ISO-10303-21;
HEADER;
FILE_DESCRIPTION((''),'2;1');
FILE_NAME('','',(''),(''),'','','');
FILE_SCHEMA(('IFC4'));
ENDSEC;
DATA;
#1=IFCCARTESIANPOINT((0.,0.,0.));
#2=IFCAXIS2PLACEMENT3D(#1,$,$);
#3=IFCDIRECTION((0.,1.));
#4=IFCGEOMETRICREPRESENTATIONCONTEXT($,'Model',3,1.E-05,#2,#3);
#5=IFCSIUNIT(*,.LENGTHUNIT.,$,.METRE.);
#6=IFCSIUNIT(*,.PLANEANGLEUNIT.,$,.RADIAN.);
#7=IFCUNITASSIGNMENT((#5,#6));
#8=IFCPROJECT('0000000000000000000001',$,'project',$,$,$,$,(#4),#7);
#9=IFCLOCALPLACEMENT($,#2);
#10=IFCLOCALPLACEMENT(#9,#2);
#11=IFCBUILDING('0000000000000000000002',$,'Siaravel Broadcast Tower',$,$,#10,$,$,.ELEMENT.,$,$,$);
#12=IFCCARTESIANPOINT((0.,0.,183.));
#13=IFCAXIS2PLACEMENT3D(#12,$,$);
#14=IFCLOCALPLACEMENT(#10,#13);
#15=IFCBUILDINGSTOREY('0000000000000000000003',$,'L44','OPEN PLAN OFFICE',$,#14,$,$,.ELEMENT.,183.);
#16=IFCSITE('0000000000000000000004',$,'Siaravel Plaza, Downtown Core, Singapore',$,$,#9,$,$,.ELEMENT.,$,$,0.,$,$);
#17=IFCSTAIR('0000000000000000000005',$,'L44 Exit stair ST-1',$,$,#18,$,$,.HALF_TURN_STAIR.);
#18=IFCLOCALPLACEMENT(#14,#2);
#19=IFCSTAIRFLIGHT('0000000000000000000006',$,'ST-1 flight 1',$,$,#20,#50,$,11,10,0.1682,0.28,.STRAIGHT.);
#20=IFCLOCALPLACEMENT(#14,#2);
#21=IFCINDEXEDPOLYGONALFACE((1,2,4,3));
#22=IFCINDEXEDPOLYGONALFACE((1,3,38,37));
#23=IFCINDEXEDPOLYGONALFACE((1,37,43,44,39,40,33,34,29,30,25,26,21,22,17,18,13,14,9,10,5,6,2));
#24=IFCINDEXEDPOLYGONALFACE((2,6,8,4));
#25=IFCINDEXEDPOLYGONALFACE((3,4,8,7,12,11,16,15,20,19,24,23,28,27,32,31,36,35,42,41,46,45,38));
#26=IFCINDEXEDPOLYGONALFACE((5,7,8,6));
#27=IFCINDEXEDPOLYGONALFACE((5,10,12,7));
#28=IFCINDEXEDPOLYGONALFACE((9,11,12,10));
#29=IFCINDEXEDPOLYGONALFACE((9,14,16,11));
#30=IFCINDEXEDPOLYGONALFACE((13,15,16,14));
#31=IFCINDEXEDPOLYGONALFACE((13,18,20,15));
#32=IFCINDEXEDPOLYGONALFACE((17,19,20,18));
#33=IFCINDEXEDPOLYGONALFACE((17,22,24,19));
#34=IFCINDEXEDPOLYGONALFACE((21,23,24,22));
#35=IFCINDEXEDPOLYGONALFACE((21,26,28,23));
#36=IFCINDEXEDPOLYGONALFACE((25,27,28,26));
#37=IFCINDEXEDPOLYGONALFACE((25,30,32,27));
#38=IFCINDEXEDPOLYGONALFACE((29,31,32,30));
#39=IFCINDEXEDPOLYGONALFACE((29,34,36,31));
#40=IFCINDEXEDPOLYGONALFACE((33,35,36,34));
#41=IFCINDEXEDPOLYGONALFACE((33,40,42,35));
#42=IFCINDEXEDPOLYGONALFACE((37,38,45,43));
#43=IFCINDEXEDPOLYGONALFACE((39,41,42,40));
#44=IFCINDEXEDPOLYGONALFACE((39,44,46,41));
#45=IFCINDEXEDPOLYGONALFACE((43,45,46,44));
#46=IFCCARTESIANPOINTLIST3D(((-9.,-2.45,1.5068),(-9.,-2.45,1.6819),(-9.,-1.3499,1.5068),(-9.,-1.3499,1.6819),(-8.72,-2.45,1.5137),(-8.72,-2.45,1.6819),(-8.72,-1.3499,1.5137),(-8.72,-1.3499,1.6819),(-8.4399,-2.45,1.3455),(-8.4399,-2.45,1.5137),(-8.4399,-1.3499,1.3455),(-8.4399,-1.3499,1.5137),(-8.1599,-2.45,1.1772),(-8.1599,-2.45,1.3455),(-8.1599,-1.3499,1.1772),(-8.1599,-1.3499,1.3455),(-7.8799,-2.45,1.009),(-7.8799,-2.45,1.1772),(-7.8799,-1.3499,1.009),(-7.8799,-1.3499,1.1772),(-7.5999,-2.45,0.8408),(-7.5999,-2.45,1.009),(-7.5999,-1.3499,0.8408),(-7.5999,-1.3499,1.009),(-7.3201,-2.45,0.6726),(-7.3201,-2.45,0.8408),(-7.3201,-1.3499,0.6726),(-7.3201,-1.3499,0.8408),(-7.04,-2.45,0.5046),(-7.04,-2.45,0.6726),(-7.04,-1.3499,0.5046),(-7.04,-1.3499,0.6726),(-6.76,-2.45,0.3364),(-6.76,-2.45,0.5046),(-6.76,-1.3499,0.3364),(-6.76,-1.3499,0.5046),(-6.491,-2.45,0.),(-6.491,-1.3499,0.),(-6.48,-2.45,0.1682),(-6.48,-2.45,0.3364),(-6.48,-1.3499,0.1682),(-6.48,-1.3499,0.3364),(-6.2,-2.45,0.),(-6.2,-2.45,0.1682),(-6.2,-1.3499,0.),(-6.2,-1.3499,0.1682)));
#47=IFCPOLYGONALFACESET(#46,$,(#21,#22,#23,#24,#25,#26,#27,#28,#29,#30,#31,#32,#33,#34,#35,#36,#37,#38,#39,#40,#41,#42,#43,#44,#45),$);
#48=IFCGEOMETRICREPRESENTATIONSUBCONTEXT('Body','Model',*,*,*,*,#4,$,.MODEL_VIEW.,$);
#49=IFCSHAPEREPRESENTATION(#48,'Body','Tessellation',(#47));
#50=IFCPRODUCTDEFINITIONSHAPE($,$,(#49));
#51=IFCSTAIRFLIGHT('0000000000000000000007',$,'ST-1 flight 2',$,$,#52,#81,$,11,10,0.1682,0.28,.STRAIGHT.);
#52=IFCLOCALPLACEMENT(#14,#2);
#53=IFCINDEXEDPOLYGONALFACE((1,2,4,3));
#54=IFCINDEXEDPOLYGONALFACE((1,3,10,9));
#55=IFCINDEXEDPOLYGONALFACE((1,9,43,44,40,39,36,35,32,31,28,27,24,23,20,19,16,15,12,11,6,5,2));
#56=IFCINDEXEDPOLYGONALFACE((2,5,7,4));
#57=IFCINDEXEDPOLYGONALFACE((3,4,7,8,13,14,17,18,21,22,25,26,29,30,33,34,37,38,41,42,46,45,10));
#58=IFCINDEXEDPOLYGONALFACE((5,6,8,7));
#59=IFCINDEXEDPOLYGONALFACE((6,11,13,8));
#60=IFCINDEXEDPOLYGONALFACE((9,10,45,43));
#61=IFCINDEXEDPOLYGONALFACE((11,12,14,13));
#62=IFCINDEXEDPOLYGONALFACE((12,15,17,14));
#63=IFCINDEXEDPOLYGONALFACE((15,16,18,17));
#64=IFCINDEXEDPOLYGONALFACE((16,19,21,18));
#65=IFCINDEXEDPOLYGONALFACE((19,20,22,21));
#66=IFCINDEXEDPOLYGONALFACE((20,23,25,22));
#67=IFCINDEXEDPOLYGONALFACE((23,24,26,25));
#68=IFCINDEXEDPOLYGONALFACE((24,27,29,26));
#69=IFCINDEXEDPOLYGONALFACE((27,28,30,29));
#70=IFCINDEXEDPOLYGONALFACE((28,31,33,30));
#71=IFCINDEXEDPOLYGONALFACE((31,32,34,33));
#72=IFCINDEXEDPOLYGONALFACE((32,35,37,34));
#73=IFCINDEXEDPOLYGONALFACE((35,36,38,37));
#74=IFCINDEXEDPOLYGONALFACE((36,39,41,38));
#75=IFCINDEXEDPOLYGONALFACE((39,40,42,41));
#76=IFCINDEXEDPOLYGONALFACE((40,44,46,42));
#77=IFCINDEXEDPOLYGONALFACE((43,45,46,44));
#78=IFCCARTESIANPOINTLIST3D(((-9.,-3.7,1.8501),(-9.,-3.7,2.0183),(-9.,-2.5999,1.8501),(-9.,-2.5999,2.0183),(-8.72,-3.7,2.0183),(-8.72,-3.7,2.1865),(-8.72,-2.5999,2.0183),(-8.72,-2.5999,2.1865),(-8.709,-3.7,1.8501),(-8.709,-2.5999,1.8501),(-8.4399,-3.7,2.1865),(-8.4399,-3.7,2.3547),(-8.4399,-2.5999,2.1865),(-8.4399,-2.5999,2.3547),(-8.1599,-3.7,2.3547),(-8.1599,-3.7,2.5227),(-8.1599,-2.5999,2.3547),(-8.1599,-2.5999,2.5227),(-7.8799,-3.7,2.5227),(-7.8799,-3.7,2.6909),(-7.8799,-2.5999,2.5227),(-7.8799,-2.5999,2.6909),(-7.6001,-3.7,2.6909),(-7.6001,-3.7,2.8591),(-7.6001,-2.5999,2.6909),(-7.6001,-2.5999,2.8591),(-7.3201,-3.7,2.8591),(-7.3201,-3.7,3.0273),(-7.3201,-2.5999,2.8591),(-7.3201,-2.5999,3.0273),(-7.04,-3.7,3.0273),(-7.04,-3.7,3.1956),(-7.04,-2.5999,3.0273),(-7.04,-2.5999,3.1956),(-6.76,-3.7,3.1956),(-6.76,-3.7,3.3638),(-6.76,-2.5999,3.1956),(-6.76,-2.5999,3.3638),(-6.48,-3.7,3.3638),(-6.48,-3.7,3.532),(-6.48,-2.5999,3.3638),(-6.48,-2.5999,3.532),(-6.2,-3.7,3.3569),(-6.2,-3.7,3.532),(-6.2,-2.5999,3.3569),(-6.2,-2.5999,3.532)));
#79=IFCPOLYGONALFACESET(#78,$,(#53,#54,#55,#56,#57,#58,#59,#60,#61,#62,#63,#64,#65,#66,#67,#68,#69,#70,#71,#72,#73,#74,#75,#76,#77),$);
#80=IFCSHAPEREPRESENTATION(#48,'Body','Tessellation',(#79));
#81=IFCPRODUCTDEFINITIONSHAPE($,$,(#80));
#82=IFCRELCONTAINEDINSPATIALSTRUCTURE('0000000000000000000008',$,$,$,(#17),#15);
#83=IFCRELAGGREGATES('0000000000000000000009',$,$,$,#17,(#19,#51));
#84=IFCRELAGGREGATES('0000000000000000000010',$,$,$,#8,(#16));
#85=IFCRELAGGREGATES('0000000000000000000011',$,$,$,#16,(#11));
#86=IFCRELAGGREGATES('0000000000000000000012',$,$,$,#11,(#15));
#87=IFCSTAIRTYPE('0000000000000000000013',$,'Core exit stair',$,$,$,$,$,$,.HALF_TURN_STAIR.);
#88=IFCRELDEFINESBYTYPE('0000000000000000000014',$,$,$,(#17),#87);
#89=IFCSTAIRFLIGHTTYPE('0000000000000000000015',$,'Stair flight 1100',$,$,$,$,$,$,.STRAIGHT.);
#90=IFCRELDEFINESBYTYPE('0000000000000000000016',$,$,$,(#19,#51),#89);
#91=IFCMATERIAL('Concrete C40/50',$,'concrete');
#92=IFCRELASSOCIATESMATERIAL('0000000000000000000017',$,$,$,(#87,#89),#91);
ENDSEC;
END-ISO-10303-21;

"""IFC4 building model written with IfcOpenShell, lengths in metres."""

from ifc_helpers import new_model, si_unit, direction, frame, origin, place, context, subcontext, project, spatial, polyline, outline, extrude, material, type_object, element, aggregate, save


model = new_model("IFC4")

# Units and contexts
model_context = context("Model", 3, precision=1e-05, world=origin(), true_north=direction((0.0, 1.0)))
body_context = subcontext(model_context, "Body", "Model", "MODEL_VIEW")
ifc_project = project(units=[si_unit("LENGTHUNIT", "METRE"), si_unit("PLANEANGLEUNIT", "RADIAN")], contexts=[model_context])

# Site, building, storey
site_placement = place(None, origin())
site = spatial("IfcSite", under=ifc_project, at=site_placement, Name="Siaravel Plaza, Downtown Core, Singapore", CompositionType="ELEMENT", RefElevation=0.0)
building_placement = place(site_placement, origin())
building = spatial("IfcBuilding", under=site, at=building_placement, Name="Siaravel Broadcast Tower", CompositionType="ELEMENT")
storey_placement = place(building_placement, frame((0.0, 0.0, 183.0)))
storey = spatial("IfcBuildingStorey", under=building, at=storey_placement, Name="L44", Description="OPEN PLAN OFFICE", CompositionType="ELEMENT", Elevation=183.0)

# Stair, stair flights
ifc_material_1 = material(Name="Concrete C40/50", Category="concrete")
stair_type = type_object("IfcStairType", Name="Core exit stair", PredefinedType="HALF_TURN_STAIR", material=ifc_material_1)
stair_placement = place(storey_placement, origin())
stair = element("IfcStair", 1, at=stair_placement, inside=storey, type_object=stair_type, Name="L44 Exit stair ST-1", PredefinedType="HALF_TURN_STAIR")
stair_flight_type = type_object("IfcStairFlightType", Name="Stair flight 1100", PredefinedType="STRAIGHT", material=ifc_material_1)
stair_flight_1_placement = place(storey_placement, frame((-6.2, -1.8999, 0.0), z_axis=(0.0, 0.0, 1.0), x_axis=(-1.0, 0.0, 0.0)))
stair_flight_1 = element("IfcStairFlight", 2, at=stair_flight_1_placement, type_object=stair_flight_type, Name="ST-1 flight 1", NumberOfRisers=11, NumberOfTreads=10, PredefinedType="STRAIGHT", RiserHeight=0.1682, TreadLength=0.28, context=body_context, shape_type="SweptSolid", body=[
    extrude(outline(polyline([(0.0, 0.0), (0.0, 0.1682), (0.28, 0.1682), (0.28, 0.3364), (0.5601, 0.3364), (0.5601, 0.5046), (0.8401, 0.5046), (0.8401, 0.6726), (1.1201, 0.6726), (1.1201, 0.8408), (1.3999, 0.8408), (1.3999, 1.009), (1.6799, 1.009), (1.6799, 1.1772), (1.96, 1.1772), (1.96, 1.3455), (2.24, 1.3455), (2.24, 1.5137), (2.52, 1.5137), (2.52, 1.6819), (2.8, 1.6819), (2.8, 1.8501), (2.8, 1.5068), (0.291, 0.0), (0.0, 0.0)])), frame((0.0, 0.55, 0.0), z_axis=(0.0, -1.0, 0.0), x_axis=(1.0, 0.0, 0.0)), (0.0, 0.0, 1.0), 1.1001),
])
stair_flight_2_placement = place(storey_placement, frame((-9.0, -3.1499, 1.8501), z_axis=(0.0, 0.0, 1.0), x_axis=(1.0, 0.0, 0.0)))
stair_flight_2 = element("IfcStairFlight", 3, at=stair_flight_2_placement, type_object=stair_flight_type, Name="ST-1 flight 2", NumberOfRisers=11, NumberOfTreads=10, PredefinedType="STRAIGHT", RiserHeight=0.1682, TreadLength=0.28, context=body_context, shape_type="SweptSolid", body=[
    extrude(outline(polyline([(0.0, 0.0), (0.0, 0.1682), (0.28, 0.1682), (0.28, 0.3364), (0.5601, 0.3364), (0.5601, 0.5046), (0.8401, 0.5046), (0.8401, 0.6726), (1.1201, 0.6726), (1.1201, 0.8408), (1.3999, 0.8408), (1.3999, 1.009), (1.6799, 1.009), (1.6799, 1.1772), (1.96, 1.1772), (1.96, 1.3455), (2.24, 1.3455), (2.24, 1.5137), (2.52, 1.5137), (2.52, 1.6819), (2.8, 1.6819), (2.8, 1.8501), (2.8, 1.5068), (0.291, 0.0), (0.0, 0.0)])), frame((0.0, 0.55, 0.0), z_axis=(0.0, -1.0, 0.0), x_axis=(1.0, 0.0, 0.0)), (0.0, 0.0, 1.0), 1.1001),
])
aggregate(stair, [stair_flight_1, stair_flight_2])

save(model, "model.ifc")
